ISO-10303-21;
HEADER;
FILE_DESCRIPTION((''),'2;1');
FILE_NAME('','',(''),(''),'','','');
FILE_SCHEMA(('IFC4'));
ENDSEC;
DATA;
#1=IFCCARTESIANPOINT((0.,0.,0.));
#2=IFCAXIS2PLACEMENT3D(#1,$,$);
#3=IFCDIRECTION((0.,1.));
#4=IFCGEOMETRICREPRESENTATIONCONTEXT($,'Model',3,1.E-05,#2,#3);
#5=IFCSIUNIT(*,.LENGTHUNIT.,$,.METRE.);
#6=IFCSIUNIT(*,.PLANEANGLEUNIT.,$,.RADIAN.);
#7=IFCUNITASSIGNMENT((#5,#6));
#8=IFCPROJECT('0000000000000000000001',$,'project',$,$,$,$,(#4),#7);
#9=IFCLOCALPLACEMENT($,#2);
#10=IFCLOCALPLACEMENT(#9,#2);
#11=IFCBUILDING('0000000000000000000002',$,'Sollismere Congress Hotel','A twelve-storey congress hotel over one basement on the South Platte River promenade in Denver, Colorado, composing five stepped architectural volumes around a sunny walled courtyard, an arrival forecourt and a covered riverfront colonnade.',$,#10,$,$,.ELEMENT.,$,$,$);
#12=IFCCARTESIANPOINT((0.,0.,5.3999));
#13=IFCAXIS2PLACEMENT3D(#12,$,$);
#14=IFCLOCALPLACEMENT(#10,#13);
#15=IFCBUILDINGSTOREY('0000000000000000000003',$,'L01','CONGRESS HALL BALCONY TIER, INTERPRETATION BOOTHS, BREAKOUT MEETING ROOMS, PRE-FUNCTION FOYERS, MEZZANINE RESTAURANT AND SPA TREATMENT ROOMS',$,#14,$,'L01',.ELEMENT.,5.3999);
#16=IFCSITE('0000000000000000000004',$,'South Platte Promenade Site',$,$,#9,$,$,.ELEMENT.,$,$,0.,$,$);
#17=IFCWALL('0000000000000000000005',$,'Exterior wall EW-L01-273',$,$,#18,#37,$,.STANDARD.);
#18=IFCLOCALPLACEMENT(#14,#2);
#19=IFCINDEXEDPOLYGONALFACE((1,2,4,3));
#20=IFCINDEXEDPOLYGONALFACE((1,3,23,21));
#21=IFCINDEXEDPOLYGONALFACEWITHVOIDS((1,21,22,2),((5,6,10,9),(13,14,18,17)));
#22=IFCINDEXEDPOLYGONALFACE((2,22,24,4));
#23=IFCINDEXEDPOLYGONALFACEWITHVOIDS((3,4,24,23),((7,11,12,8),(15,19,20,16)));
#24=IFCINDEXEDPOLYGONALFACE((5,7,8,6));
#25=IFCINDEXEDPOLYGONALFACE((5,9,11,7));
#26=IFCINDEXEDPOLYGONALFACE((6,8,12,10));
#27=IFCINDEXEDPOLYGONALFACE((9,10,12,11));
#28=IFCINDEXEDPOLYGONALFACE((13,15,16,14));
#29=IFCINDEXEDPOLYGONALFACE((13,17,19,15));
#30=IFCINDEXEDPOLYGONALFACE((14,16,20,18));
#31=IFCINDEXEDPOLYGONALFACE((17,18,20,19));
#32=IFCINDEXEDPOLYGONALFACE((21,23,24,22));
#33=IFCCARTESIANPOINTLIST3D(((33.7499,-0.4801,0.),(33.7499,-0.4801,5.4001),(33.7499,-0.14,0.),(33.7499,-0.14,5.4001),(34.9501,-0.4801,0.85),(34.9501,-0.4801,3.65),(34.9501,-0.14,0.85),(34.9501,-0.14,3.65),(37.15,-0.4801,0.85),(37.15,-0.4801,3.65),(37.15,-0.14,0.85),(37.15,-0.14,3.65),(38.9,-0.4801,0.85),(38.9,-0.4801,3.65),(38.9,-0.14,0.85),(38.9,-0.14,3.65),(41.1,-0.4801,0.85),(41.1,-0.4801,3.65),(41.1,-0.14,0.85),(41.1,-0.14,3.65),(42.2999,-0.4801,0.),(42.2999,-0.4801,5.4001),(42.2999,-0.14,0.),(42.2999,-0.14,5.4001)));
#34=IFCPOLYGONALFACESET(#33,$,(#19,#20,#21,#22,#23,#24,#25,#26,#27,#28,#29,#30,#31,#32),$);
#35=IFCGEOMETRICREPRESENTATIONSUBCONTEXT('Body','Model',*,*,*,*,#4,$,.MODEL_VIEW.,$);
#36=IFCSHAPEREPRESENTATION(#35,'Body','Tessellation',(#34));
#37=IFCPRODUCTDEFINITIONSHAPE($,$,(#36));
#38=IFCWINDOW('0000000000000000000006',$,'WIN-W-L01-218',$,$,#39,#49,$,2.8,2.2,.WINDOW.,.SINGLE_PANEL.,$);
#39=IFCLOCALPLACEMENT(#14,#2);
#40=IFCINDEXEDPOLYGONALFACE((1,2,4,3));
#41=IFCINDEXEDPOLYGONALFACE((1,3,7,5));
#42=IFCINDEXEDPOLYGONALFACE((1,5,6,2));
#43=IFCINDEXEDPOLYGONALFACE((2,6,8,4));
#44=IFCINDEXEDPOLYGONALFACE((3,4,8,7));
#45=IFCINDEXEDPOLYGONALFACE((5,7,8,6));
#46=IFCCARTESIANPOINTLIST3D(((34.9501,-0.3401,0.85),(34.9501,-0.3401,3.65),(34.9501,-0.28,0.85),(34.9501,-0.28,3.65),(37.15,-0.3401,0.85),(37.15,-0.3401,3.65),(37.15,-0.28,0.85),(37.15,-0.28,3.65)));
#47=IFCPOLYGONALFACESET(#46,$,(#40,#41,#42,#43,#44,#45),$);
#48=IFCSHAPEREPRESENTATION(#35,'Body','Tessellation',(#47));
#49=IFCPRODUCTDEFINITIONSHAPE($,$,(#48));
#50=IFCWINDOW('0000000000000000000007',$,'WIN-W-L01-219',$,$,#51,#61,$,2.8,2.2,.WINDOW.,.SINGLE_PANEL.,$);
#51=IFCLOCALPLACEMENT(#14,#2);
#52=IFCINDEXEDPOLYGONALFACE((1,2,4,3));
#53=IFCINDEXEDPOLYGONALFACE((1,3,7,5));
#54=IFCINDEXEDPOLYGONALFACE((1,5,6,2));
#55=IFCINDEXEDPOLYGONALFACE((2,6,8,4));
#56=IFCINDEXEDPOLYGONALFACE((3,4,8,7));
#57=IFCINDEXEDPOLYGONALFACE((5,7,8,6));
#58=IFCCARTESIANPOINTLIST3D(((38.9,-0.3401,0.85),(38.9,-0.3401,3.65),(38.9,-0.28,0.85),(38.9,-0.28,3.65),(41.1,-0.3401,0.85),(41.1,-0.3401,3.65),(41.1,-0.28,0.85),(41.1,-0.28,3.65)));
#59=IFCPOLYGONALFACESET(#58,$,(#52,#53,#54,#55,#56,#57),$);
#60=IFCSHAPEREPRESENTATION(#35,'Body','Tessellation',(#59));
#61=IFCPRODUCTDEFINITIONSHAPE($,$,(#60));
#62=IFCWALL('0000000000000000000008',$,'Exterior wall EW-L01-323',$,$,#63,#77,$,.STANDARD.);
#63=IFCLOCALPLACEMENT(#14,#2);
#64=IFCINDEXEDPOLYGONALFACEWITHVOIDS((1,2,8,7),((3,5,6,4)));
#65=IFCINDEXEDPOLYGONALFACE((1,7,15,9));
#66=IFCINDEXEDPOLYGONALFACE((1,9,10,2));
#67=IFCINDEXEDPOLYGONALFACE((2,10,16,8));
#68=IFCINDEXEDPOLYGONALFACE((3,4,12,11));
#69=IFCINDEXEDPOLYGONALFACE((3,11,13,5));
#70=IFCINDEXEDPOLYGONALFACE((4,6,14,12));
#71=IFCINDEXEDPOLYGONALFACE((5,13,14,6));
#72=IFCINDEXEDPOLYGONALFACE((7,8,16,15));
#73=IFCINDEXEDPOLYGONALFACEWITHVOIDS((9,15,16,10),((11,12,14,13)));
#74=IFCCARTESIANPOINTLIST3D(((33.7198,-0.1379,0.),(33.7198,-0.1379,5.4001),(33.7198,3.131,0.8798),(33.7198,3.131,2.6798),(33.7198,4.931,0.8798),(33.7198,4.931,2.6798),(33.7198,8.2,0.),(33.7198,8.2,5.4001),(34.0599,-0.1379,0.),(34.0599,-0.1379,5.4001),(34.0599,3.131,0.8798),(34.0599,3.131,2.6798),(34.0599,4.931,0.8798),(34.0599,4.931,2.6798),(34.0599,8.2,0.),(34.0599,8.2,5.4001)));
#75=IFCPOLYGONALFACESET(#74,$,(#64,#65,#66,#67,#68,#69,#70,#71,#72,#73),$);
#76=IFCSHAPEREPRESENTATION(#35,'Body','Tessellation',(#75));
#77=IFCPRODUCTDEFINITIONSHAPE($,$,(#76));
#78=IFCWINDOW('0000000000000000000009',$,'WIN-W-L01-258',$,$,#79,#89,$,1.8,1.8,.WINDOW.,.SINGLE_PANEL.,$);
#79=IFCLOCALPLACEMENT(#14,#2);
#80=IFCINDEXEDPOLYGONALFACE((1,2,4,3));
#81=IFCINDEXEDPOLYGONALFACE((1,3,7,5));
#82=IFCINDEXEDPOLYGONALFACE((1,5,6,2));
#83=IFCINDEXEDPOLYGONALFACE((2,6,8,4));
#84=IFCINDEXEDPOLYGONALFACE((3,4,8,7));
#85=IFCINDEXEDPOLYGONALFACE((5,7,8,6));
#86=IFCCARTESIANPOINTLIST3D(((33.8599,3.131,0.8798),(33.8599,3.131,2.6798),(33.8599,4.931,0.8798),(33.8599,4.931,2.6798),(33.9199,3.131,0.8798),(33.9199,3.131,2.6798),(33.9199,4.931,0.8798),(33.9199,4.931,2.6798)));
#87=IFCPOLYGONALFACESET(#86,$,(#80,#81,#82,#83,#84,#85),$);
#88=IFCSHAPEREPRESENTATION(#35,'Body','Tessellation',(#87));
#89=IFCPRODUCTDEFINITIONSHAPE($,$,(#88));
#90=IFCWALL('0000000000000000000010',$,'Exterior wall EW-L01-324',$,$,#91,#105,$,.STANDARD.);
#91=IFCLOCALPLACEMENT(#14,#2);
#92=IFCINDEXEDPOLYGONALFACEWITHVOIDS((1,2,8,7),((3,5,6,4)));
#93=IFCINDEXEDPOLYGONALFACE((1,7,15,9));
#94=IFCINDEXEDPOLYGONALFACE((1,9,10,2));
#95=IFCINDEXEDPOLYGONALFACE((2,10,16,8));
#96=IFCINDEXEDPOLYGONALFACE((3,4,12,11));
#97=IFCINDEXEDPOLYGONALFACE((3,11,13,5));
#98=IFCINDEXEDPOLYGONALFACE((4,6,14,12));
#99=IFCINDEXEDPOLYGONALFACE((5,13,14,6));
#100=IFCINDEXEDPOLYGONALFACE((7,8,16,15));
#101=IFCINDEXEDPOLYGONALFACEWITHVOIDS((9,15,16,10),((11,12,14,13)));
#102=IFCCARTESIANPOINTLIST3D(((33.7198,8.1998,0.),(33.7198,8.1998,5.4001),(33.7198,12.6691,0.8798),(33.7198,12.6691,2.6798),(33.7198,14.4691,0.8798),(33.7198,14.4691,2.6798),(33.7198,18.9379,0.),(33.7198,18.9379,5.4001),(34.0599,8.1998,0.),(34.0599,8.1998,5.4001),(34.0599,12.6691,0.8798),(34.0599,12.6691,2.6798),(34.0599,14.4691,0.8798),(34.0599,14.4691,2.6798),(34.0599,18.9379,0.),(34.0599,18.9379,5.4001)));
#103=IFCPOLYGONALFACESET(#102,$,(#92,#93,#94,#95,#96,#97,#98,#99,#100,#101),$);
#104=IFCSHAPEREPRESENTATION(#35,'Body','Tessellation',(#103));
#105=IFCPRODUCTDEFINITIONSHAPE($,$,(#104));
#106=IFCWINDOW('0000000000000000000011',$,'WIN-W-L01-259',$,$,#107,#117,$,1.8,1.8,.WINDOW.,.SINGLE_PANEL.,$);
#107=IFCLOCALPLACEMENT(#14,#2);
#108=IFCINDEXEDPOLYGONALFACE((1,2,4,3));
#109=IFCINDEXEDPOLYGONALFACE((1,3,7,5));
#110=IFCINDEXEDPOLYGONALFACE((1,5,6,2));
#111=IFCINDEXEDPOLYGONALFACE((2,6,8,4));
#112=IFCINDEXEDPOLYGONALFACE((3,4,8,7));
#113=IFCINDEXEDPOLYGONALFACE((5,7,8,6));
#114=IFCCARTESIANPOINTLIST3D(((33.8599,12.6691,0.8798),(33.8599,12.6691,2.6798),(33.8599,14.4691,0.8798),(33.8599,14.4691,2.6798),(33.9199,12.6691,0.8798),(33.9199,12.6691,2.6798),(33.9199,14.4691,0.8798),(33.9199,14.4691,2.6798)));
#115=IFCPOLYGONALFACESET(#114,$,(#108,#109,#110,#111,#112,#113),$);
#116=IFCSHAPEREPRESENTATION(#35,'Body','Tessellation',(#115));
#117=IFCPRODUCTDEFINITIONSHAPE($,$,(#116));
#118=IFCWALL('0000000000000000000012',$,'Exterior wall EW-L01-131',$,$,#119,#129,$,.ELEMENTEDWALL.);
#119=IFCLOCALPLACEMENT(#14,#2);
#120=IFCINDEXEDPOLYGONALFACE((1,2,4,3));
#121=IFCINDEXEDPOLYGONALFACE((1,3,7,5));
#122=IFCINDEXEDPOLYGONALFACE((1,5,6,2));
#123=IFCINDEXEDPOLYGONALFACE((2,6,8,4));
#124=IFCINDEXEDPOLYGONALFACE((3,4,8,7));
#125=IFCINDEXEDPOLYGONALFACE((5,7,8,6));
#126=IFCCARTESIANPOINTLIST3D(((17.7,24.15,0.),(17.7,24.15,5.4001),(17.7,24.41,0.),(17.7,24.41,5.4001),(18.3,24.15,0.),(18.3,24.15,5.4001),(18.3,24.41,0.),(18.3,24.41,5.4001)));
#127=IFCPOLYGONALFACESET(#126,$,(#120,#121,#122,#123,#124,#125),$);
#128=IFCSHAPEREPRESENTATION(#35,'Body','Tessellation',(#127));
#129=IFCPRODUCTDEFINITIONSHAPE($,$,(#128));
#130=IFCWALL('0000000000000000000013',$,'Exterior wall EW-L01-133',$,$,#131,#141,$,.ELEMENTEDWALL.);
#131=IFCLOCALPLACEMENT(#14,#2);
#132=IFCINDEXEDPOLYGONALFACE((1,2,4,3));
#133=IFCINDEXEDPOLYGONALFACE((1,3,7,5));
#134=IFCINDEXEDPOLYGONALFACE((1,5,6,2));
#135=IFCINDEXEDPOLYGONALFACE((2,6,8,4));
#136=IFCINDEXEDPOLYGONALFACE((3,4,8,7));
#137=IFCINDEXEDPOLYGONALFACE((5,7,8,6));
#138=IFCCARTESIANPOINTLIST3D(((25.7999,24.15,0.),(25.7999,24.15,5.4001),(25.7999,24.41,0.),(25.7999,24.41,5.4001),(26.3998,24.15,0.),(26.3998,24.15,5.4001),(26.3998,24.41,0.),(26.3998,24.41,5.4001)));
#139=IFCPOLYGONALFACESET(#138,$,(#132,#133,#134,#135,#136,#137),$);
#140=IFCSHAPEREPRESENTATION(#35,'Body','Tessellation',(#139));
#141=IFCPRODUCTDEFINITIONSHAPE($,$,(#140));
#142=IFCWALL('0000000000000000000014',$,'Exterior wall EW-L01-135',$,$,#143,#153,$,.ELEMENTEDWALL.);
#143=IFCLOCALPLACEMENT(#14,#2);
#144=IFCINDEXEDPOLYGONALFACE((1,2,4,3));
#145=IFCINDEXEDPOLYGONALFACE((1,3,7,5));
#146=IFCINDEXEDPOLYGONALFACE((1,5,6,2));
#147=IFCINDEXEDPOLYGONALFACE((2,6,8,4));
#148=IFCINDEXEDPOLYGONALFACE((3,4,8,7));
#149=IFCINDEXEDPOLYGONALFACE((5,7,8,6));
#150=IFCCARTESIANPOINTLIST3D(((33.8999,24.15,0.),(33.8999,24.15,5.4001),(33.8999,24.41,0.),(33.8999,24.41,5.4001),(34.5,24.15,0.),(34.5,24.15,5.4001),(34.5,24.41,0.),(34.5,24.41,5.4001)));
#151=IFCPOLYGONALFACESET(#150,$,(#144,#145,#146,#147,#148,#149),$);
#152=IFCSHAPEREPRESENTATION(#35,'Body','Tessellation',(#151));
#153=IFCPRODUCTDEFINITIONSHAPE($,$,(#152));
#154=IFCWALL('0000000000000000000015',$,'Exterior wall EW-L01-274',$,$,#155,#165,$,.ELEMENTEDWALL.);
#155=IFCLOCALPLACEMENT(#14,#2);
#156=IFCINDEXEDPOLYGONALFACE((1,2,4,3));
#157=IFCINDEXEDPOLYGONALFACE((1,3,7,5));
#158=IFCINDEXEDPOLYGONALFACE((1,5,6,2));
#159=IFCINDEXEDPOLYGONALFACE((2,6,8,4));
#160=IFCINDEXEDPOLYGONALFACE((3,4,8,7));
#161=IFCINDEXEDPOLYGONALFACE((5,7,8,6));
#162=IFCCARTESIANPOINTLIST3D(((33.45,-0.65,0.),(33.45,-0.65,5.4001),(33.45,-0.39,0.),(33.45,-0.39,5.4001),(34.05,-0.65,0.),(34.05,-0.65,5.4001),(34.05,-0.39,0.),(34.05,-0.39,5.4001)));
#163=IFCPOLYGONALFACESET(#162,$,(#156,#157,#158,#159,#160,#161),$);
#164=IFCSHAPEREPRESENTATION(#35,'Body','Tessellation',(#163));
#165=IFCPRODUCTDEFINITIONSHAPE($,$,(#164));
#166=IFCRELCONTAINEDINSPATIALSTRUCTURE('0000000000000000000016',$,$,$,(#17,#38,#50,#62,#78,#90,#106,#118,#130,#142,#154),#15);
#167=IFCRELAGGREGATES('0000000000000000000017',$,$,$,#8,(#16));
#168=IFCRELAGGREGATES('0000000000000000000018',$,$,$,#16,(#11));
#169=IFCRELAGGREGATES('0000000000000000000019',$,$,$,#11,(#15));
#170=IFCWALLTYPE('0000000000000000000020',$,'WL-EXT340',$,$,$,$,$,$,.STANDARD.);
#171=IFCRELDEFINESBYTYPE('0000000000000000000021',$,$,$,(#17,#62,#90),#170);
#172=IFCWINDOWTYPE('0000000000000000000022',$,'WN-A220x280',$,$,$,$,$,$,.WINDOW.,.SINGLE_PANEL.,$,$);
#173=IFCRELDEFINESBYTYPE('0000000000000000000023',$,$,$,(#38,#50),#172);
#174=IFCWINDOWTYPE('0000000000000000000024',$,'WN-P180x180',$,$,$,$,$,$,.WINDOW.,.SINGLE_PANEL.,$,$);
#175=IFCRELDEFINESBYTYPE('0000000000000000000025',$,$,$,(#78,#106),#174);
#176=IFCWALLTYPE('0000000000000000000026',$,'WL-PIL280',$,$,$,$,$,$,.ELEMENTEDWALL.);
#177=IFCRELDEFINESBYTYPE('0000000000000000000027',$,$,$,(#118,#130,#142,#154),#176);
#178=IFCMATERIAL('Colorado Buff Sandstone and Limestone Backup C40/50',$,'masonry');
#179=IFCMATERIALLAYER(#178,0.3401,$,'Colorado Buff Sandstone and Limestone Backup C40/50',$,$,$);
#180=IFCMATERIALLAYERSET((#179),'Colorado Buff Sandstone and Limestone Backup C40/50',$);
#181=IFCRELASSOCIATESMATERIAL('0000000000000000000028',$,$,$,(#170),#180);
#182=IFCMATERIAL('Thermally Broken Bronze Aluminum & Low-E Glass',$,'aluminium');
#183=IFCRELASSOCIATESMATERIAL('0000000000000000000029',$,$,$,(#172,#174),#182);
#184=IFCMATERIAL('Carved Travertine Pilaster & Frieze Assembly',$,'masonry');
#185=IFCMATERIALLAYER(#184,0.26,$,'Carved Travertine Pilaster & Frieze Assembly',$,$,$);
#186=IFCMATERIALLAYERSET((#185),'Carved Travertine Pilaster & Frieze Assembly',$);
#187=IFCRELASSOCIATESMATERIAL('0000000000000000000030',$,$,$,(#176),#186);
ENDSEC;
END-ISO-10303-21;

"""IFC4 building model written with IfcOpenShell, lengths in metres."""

from ifc_helpers import new_model, si_unit, direction, frame, frame_2d, origin, place, context, subcontext, project, spatial, rectangle, extrude, material, layer, layer_set, type_object, element, fill, save


model = new_model("IFC4")

# Units and contexts
model_context = context("Model", 3, precision=1e-05, world=origin(), true_north=direction((0.0, 1.0)))
body_context = subcontext(model_context, "Body", "Model", "MODEL_VIEW")
ifc_project = project(units=[si_unit("LENGTHUNIT", "METRE"), si_unit("PLANEANGLEUNIT", "RADIAN")], contexts=[model_context])

# Site, building, storey
site_placement = place(None, origin())
site = spatial("IfcSite", under=ifc_project, at=site_placement, Name="South Platte Promenade Site", CompositionType="ELEMENT", RefElevation=0.0)
building_placement = place(site_placement, origin())
building = spatial("IfcBuilding", under=site, at=building_placement, Name="Sollismere Congress Hotel", Description="A twelve-storey congress hotel over one basement on the South Platte River promenade in Denver, Colorado, composing five stepped architectural volumes around a sunny walled courtyard, an arrival forecourt and a covered riverfront colonnade.", CompositionType="ELEMENT")
storey_placement = place(building_placement, frame((0.0, 0.0, 5.3999)))
storey = spatial("IfcBuildingStorey", under=building, at=storey_placement, Name="L01", Description="CONGRESS HALL BALCONY TIER, INTERPRETATION BOOTHS, BREAKOUT MEETING ROOMS, PRE-FUNCTION FOYERS, MEZZANINE RESTAURANT AND SPA TREATMENT ROOMS", LongName="L01", CompositionType="ELEMENT", Elevation=5.3999)

# Shared definitions
ifc_material_1 = material(Name="Colorado Buff Sandstone and Limestone Backup C40/50", Category="masonry")
ifc_layer_1 = layer(ifc_material_1, 0.3401, Name="Colorado Buff Sandstone and Limestone Backup C40/50")
ifc_layer_set_1 = layer_set([ifc_layer_1], Name="Colorado Buff Sandstone and Limestone Backup C40/50")
wall_type_1 = type_object("IfcWallType", Name="WL-EXT340", PredefinedType="STANDARD", material=ifc_layer_set_1)
ifc_material_2 = material(Name="Thermally Broken Bronze Aluminum & Low-E Glass", Category="aluminium")

# Wall, openings, windows
wall_1_placement = place(storey_placement, frame((33.75, -0.3101, 0.0), z_axis=(0.0, 0.0, 1.0), x_axis=(1.0, 0.0, 0.0)))
wall_1 = element("IfcWall", 1, at=wall_1_placement, inside=storey, type_object=wall_type_1, Name="Exterior wall EW-L01-273", PredefinedType="STANDARD", context=body_context, shape_type="SweptSolid", body=[
    extrude(rectangle(XDim=8.55, YDim=0.3401, at=frame_2d((4.2749, 0.0))), origin(), (0.0, 0.0, 1.0), 5.4001),
])
opening_1_placement = place(wall_1_placement, frame((1.2, 0.0, 0.8501)))
opening_1 = element("IfcOpeningElement", 2, at=opening_1_placement, cuts=wall_1, PredefinedType="OPENING", context=body_context, shape_type="SweptSolid", body=[
    extrude(rectangle(XDim=2.2, YDim=2.8, at=frame_2d((1.1001, 1.3999))), frame((0.0, 0.1799, 0.0), z_axis=(0.0, -1.0, 0.0), x_axis=(1.0, 0.0, 0.0)), (0.0, 0.0, 1.0), 0.3601),
])
opening_2_placement = place(wall_1_placement, frame((5.1499, 0.0, 0.8501)))
opening_2 = element("IfcOpeningElement", 3, at=opening_2_placement, cuts=wall_1, PredefinedType="OPENING", context=body_context, shape_type="SweptSolid", body=[
    extrude(rectangle(XDim=2.2, YDim=2.8, at=frame_2d((1.1001, 1.3999))), frame((0.0, 0.1799, 0.0), z_axis=(0.0, -1.0, 0.0), x_axis=(1.0, 0.0, 0.0)), (0.0, 0.0, 1.0), 0.3601),
])
window_type_1 = type_object("IfcWindowType", Name="WN-A220x280", PartitioningType="SINGLE_PANEL", PredefinedType="WINDOW", material=ifc_material_2)
window_1_placement = place(opening_1_placement, origin())
window_1 = element("IfcWindow", 4, at=window_1_placement, inside=storey, type_object=window_type_1, Name="WIN-W-L01-218", OverallHeight=2.8, OverallWidth=2.2, PartitioningType="SINGLE_PANEL", PredefinedType="WINDOW", context=body_context, shape_type="SweptSolid", body=[
    extrude(rectangle(XDim=2.2, YDim=2.8, at=frame_2d((1.1001, 1.3999))), frame((0.0, 0.03, 0.0), z_axis=(0.0, -1.0, 0.0), x_axis=(1.0, 0.0, 0.0)), (0.0, 0.0, 1.0), 0.0601),
])
fill(opening_1, window_1)
window_2_placement = place(opening_2_placement, origin())
window_2 = element("IfcWindow", 5, at=window_2_placement, inside=storey, type_object=window_type_1, Name="WIN-W-L01-219", OverallHeight=2.8, OverallWidth=2.2, PartitioningType="SINGLE_PANEL", PredefinedType="WINDOW", context=body_context, shape_type="SweptSolid", body=[
    extrude(rectangle(XDim=2.2, YDim=2.8, at=frame_2d((1.1001, 1.3999))), frame((0.0, 0.03, 0.0), z_axis=(0.0, -1.0, 0.0), x_axis=(1.0, 0.0, 0.0)), (0.0, 0.0, 1.0), 0.0601),
])
fill(opening_2, window_2)

# Walls, openings, windows
wall_2_placement = place(storey_placement, frame((33.8899, 8.2, 0.0), z_axis=(0.0, 0.0, 1.0), x_axis=(0.0, -1.0, 0.0)))
wall_2 = element("IfcWall", 6, at=wall_2_placement, inside=storey, type_object=wall_type_1, Name="Exterior wall EW-L01-323", PredefinedType="STANDARD", context=body_context, shape_type="SweptSolid", body=[
    extrude(rectangle(XDim=8.3379, YDim=0.3401, at=frame_2d((4.1689, 0.0))), origin(), (0.0, 0.0, 1.0), 5.4001),
])
opening_3_placement = place(wall_2_placement, frame((3.269, 0.0, 0.8799)))
opening_3 = element("IfcOpeningElement", 7, at=opening_3_placement, cuts=wall_2, PredefinedType="OPENING", context=body_context, shape_type="SweptSolid", body=[
    extrude(rectangle(XDim=1.8, YDim=1.8, at=frame_2d((0.8999, 0.8999))), frame((0.0, 0.1799, 0.0), z_axis=(0.0, -1.0, 0.0), x_axis=(1.0, 0.0, 0.0)), (0.0, 0.0, 1.0), 0.3601),
])
window_type_2 = type_object("IfcWindowType", Name="WN-P180x180", PartitioningType="SINGLE_PANEL", PredefinedType="WINDOW", material=ifc_material_2)
window_3_placement = place(opening_3_placement, origin())
window_3 = element("IfcWindow", 8, at=window_3_placement, inside=storey, type_object=window_type_2, Name="WIN-W-L01-258", OverallHeight=1.8, OverallWidth=1.8, PartitioningType="SINGLE_PANEL", PredefinedType="WINDOW", context=body_context, shape_type="SweptSolid", body=[
    extrude(rectangle(XDim=1.8, YDim=1.8, at=frame_2d((0.8999, 0.8999))), frame((0.0, 0.03, 0.0), z_axis=(0.0, -1.0, 0.0), x_axis=(1.0, 0.0, 0.0)), (0.0, 0.0, 1.0), 0.0601),
])
fill(opening_3, window_3)
wall_3_placement = place(storey_placement, frame((33.8899, 18.938, 0.0), z_axis=(0.0, 0.0, 1.0), x_axis=(0.0, -1.0, 0.0)))
wall_3 = element("IfcWall", 9, at=wall_3_placement, inside=storey, type_object=wall_type_1, Name="Exterior wall EW-L01-324", PredefinedType="STANDARD", context=body_context, shape_type="SweptSolid", body=[
    extrude(rectangle(XDim=10.738, YDim=0.3401, at=frame_2d((5.3691, 0.0))), origin(), (0.0, 0.0, 1.0), 5.4001),
])
opening_4_placement = place(wall_3_placement, frame((4.469, 0.0, 0.8799)))
opening_4 = element("IfcOpeningElement", 10, at=opening_4_placement, cuts=wall_3, PredefinedType="OPENING", context=body_context, shape_type="SweptSolid", body=[
    extrude(rectangle(XDim=1.8, YDim=1.8, at=frame_2d((0.8999, 0.8999))), frame((0.0, 0.1799, 0.0), z_axis=(0.0, -1.0, 0.0), x_axis=(1.0, 0.0, 0.0)), (0.0, 0.0, 1.0), 0.3601),
])
window_4_placement = place(opening_4_placement, origin())
window_4 = element("IfcWindow", 11, at=window_4_placement, inside=storey, type_object=window_type_2, Name="WIN-W-L01-259", OverallHeight=1.8, OverallWidth=1.8, PartitioningType="SINGLE_PANEL", PredefinedType="WINDOW", context=body_context, shape_type="SweptSolid", body=[
    extrude(rectangle(XDim=1.8, YDim=1.8, at=frame_2d((0.8999, 0.8999))), frame((0.0, 0.03, 0.0), z_axis=(0.0, -1.0, 0.0), x_axis=(1.0, 0.0, 0.0)), (0.0, 0.0, 1.0), 0.0601),
])
fill(opening_4, window_4)

# Walls
ifc_material_3 = material(Name="Carved Travertine Pilaster & Frieze Assembly", Category="masonry")
ifc_layer_2 = layer(ifc_material_3, 0.26, Name="Carved Travertine Pilaster & Frieze Assembly")
ifc_layer_set_2 = layer_set([ifc_layer_2], Name="Carved Travertine Pilaster & Frieze Assembly")
wall_type_2 = type_object("IfcWallType", Name="WL-PIL280", PredefinedType="ELEMENTEDWALL", material=ifc_layer_set_2)
wall_4_placement = place(storey_placement, frame((17.7, 24.28, 0.0), z_axis=(0.0, 0.0, 1.0), x_axis=(1.0, 0.0, 0.0)))
element("IfcWall", 12, at=wall_4_placement, inside=storey, type_object=wall_type_2, Name="Exterior wall EW-L01-131", PredefinedType="ELEMENTEDWALL", context=body_context, shape_type="SweptSolid", body=[
    extrude(rectangle(XDim=0.6001, YDim=0.26, at=frame_2d((0.3, 0.0))), origin(), (0.0, 0.0, 1.0), 5.4001),
])
wall_5_placement = place(storey_placement, frame((25.8, 24.28, 0.0), z_axis=(0.0, 0.0, 1.0), x_axis=(1.0, 0.0, 0.0)))
element("IfcWall", 13, at=wall_5_placement, inside=storey, type_object=wall_type_2, Name="Exterior wall EW-L01-133", PredefinedType="ELEMENTEDWALL", context=body_context, shape_type="SweptSolid", body=[
    extrude(rectangle(XDim=0.5999, YDim=0.26, at=frame_2d((0.2998, 0.0))), origin(), (0.0, 0.0, 1.0), 5.4001),
])
for number, where, z_axis, x_axis, name in (
    (14, (33.8999, 24.28, 0.0), (0.0, 0.0, 1.0), (1.0, 0.0, 0.0), "Exterior wall EW-L01-135"),
    (15, (33.45, -0.52, 0.0), (0.0, 0.0, 1.0), (1.0, 0.0, 0.0), "Exterior wall EW-L01-274"),
):
    element("IfcWall", number, at=place(storey_placement, frame(where, z_axis=z_axis, x_axis=x_axis)), inside=storey, type_object=wall_type_2, Name=name, PredefinedType="ELEMENTEDWALL", context=body_context, shape_type="SweptSolid", body=[
        extrude(rectangle(XDim=0.6001, YDim=0.26, at=frame_2d((0.3, 0.0))), origin(), (0.0, 0.0, 1.0), 5.4001),
    ])

save(model, "model.ifc")
